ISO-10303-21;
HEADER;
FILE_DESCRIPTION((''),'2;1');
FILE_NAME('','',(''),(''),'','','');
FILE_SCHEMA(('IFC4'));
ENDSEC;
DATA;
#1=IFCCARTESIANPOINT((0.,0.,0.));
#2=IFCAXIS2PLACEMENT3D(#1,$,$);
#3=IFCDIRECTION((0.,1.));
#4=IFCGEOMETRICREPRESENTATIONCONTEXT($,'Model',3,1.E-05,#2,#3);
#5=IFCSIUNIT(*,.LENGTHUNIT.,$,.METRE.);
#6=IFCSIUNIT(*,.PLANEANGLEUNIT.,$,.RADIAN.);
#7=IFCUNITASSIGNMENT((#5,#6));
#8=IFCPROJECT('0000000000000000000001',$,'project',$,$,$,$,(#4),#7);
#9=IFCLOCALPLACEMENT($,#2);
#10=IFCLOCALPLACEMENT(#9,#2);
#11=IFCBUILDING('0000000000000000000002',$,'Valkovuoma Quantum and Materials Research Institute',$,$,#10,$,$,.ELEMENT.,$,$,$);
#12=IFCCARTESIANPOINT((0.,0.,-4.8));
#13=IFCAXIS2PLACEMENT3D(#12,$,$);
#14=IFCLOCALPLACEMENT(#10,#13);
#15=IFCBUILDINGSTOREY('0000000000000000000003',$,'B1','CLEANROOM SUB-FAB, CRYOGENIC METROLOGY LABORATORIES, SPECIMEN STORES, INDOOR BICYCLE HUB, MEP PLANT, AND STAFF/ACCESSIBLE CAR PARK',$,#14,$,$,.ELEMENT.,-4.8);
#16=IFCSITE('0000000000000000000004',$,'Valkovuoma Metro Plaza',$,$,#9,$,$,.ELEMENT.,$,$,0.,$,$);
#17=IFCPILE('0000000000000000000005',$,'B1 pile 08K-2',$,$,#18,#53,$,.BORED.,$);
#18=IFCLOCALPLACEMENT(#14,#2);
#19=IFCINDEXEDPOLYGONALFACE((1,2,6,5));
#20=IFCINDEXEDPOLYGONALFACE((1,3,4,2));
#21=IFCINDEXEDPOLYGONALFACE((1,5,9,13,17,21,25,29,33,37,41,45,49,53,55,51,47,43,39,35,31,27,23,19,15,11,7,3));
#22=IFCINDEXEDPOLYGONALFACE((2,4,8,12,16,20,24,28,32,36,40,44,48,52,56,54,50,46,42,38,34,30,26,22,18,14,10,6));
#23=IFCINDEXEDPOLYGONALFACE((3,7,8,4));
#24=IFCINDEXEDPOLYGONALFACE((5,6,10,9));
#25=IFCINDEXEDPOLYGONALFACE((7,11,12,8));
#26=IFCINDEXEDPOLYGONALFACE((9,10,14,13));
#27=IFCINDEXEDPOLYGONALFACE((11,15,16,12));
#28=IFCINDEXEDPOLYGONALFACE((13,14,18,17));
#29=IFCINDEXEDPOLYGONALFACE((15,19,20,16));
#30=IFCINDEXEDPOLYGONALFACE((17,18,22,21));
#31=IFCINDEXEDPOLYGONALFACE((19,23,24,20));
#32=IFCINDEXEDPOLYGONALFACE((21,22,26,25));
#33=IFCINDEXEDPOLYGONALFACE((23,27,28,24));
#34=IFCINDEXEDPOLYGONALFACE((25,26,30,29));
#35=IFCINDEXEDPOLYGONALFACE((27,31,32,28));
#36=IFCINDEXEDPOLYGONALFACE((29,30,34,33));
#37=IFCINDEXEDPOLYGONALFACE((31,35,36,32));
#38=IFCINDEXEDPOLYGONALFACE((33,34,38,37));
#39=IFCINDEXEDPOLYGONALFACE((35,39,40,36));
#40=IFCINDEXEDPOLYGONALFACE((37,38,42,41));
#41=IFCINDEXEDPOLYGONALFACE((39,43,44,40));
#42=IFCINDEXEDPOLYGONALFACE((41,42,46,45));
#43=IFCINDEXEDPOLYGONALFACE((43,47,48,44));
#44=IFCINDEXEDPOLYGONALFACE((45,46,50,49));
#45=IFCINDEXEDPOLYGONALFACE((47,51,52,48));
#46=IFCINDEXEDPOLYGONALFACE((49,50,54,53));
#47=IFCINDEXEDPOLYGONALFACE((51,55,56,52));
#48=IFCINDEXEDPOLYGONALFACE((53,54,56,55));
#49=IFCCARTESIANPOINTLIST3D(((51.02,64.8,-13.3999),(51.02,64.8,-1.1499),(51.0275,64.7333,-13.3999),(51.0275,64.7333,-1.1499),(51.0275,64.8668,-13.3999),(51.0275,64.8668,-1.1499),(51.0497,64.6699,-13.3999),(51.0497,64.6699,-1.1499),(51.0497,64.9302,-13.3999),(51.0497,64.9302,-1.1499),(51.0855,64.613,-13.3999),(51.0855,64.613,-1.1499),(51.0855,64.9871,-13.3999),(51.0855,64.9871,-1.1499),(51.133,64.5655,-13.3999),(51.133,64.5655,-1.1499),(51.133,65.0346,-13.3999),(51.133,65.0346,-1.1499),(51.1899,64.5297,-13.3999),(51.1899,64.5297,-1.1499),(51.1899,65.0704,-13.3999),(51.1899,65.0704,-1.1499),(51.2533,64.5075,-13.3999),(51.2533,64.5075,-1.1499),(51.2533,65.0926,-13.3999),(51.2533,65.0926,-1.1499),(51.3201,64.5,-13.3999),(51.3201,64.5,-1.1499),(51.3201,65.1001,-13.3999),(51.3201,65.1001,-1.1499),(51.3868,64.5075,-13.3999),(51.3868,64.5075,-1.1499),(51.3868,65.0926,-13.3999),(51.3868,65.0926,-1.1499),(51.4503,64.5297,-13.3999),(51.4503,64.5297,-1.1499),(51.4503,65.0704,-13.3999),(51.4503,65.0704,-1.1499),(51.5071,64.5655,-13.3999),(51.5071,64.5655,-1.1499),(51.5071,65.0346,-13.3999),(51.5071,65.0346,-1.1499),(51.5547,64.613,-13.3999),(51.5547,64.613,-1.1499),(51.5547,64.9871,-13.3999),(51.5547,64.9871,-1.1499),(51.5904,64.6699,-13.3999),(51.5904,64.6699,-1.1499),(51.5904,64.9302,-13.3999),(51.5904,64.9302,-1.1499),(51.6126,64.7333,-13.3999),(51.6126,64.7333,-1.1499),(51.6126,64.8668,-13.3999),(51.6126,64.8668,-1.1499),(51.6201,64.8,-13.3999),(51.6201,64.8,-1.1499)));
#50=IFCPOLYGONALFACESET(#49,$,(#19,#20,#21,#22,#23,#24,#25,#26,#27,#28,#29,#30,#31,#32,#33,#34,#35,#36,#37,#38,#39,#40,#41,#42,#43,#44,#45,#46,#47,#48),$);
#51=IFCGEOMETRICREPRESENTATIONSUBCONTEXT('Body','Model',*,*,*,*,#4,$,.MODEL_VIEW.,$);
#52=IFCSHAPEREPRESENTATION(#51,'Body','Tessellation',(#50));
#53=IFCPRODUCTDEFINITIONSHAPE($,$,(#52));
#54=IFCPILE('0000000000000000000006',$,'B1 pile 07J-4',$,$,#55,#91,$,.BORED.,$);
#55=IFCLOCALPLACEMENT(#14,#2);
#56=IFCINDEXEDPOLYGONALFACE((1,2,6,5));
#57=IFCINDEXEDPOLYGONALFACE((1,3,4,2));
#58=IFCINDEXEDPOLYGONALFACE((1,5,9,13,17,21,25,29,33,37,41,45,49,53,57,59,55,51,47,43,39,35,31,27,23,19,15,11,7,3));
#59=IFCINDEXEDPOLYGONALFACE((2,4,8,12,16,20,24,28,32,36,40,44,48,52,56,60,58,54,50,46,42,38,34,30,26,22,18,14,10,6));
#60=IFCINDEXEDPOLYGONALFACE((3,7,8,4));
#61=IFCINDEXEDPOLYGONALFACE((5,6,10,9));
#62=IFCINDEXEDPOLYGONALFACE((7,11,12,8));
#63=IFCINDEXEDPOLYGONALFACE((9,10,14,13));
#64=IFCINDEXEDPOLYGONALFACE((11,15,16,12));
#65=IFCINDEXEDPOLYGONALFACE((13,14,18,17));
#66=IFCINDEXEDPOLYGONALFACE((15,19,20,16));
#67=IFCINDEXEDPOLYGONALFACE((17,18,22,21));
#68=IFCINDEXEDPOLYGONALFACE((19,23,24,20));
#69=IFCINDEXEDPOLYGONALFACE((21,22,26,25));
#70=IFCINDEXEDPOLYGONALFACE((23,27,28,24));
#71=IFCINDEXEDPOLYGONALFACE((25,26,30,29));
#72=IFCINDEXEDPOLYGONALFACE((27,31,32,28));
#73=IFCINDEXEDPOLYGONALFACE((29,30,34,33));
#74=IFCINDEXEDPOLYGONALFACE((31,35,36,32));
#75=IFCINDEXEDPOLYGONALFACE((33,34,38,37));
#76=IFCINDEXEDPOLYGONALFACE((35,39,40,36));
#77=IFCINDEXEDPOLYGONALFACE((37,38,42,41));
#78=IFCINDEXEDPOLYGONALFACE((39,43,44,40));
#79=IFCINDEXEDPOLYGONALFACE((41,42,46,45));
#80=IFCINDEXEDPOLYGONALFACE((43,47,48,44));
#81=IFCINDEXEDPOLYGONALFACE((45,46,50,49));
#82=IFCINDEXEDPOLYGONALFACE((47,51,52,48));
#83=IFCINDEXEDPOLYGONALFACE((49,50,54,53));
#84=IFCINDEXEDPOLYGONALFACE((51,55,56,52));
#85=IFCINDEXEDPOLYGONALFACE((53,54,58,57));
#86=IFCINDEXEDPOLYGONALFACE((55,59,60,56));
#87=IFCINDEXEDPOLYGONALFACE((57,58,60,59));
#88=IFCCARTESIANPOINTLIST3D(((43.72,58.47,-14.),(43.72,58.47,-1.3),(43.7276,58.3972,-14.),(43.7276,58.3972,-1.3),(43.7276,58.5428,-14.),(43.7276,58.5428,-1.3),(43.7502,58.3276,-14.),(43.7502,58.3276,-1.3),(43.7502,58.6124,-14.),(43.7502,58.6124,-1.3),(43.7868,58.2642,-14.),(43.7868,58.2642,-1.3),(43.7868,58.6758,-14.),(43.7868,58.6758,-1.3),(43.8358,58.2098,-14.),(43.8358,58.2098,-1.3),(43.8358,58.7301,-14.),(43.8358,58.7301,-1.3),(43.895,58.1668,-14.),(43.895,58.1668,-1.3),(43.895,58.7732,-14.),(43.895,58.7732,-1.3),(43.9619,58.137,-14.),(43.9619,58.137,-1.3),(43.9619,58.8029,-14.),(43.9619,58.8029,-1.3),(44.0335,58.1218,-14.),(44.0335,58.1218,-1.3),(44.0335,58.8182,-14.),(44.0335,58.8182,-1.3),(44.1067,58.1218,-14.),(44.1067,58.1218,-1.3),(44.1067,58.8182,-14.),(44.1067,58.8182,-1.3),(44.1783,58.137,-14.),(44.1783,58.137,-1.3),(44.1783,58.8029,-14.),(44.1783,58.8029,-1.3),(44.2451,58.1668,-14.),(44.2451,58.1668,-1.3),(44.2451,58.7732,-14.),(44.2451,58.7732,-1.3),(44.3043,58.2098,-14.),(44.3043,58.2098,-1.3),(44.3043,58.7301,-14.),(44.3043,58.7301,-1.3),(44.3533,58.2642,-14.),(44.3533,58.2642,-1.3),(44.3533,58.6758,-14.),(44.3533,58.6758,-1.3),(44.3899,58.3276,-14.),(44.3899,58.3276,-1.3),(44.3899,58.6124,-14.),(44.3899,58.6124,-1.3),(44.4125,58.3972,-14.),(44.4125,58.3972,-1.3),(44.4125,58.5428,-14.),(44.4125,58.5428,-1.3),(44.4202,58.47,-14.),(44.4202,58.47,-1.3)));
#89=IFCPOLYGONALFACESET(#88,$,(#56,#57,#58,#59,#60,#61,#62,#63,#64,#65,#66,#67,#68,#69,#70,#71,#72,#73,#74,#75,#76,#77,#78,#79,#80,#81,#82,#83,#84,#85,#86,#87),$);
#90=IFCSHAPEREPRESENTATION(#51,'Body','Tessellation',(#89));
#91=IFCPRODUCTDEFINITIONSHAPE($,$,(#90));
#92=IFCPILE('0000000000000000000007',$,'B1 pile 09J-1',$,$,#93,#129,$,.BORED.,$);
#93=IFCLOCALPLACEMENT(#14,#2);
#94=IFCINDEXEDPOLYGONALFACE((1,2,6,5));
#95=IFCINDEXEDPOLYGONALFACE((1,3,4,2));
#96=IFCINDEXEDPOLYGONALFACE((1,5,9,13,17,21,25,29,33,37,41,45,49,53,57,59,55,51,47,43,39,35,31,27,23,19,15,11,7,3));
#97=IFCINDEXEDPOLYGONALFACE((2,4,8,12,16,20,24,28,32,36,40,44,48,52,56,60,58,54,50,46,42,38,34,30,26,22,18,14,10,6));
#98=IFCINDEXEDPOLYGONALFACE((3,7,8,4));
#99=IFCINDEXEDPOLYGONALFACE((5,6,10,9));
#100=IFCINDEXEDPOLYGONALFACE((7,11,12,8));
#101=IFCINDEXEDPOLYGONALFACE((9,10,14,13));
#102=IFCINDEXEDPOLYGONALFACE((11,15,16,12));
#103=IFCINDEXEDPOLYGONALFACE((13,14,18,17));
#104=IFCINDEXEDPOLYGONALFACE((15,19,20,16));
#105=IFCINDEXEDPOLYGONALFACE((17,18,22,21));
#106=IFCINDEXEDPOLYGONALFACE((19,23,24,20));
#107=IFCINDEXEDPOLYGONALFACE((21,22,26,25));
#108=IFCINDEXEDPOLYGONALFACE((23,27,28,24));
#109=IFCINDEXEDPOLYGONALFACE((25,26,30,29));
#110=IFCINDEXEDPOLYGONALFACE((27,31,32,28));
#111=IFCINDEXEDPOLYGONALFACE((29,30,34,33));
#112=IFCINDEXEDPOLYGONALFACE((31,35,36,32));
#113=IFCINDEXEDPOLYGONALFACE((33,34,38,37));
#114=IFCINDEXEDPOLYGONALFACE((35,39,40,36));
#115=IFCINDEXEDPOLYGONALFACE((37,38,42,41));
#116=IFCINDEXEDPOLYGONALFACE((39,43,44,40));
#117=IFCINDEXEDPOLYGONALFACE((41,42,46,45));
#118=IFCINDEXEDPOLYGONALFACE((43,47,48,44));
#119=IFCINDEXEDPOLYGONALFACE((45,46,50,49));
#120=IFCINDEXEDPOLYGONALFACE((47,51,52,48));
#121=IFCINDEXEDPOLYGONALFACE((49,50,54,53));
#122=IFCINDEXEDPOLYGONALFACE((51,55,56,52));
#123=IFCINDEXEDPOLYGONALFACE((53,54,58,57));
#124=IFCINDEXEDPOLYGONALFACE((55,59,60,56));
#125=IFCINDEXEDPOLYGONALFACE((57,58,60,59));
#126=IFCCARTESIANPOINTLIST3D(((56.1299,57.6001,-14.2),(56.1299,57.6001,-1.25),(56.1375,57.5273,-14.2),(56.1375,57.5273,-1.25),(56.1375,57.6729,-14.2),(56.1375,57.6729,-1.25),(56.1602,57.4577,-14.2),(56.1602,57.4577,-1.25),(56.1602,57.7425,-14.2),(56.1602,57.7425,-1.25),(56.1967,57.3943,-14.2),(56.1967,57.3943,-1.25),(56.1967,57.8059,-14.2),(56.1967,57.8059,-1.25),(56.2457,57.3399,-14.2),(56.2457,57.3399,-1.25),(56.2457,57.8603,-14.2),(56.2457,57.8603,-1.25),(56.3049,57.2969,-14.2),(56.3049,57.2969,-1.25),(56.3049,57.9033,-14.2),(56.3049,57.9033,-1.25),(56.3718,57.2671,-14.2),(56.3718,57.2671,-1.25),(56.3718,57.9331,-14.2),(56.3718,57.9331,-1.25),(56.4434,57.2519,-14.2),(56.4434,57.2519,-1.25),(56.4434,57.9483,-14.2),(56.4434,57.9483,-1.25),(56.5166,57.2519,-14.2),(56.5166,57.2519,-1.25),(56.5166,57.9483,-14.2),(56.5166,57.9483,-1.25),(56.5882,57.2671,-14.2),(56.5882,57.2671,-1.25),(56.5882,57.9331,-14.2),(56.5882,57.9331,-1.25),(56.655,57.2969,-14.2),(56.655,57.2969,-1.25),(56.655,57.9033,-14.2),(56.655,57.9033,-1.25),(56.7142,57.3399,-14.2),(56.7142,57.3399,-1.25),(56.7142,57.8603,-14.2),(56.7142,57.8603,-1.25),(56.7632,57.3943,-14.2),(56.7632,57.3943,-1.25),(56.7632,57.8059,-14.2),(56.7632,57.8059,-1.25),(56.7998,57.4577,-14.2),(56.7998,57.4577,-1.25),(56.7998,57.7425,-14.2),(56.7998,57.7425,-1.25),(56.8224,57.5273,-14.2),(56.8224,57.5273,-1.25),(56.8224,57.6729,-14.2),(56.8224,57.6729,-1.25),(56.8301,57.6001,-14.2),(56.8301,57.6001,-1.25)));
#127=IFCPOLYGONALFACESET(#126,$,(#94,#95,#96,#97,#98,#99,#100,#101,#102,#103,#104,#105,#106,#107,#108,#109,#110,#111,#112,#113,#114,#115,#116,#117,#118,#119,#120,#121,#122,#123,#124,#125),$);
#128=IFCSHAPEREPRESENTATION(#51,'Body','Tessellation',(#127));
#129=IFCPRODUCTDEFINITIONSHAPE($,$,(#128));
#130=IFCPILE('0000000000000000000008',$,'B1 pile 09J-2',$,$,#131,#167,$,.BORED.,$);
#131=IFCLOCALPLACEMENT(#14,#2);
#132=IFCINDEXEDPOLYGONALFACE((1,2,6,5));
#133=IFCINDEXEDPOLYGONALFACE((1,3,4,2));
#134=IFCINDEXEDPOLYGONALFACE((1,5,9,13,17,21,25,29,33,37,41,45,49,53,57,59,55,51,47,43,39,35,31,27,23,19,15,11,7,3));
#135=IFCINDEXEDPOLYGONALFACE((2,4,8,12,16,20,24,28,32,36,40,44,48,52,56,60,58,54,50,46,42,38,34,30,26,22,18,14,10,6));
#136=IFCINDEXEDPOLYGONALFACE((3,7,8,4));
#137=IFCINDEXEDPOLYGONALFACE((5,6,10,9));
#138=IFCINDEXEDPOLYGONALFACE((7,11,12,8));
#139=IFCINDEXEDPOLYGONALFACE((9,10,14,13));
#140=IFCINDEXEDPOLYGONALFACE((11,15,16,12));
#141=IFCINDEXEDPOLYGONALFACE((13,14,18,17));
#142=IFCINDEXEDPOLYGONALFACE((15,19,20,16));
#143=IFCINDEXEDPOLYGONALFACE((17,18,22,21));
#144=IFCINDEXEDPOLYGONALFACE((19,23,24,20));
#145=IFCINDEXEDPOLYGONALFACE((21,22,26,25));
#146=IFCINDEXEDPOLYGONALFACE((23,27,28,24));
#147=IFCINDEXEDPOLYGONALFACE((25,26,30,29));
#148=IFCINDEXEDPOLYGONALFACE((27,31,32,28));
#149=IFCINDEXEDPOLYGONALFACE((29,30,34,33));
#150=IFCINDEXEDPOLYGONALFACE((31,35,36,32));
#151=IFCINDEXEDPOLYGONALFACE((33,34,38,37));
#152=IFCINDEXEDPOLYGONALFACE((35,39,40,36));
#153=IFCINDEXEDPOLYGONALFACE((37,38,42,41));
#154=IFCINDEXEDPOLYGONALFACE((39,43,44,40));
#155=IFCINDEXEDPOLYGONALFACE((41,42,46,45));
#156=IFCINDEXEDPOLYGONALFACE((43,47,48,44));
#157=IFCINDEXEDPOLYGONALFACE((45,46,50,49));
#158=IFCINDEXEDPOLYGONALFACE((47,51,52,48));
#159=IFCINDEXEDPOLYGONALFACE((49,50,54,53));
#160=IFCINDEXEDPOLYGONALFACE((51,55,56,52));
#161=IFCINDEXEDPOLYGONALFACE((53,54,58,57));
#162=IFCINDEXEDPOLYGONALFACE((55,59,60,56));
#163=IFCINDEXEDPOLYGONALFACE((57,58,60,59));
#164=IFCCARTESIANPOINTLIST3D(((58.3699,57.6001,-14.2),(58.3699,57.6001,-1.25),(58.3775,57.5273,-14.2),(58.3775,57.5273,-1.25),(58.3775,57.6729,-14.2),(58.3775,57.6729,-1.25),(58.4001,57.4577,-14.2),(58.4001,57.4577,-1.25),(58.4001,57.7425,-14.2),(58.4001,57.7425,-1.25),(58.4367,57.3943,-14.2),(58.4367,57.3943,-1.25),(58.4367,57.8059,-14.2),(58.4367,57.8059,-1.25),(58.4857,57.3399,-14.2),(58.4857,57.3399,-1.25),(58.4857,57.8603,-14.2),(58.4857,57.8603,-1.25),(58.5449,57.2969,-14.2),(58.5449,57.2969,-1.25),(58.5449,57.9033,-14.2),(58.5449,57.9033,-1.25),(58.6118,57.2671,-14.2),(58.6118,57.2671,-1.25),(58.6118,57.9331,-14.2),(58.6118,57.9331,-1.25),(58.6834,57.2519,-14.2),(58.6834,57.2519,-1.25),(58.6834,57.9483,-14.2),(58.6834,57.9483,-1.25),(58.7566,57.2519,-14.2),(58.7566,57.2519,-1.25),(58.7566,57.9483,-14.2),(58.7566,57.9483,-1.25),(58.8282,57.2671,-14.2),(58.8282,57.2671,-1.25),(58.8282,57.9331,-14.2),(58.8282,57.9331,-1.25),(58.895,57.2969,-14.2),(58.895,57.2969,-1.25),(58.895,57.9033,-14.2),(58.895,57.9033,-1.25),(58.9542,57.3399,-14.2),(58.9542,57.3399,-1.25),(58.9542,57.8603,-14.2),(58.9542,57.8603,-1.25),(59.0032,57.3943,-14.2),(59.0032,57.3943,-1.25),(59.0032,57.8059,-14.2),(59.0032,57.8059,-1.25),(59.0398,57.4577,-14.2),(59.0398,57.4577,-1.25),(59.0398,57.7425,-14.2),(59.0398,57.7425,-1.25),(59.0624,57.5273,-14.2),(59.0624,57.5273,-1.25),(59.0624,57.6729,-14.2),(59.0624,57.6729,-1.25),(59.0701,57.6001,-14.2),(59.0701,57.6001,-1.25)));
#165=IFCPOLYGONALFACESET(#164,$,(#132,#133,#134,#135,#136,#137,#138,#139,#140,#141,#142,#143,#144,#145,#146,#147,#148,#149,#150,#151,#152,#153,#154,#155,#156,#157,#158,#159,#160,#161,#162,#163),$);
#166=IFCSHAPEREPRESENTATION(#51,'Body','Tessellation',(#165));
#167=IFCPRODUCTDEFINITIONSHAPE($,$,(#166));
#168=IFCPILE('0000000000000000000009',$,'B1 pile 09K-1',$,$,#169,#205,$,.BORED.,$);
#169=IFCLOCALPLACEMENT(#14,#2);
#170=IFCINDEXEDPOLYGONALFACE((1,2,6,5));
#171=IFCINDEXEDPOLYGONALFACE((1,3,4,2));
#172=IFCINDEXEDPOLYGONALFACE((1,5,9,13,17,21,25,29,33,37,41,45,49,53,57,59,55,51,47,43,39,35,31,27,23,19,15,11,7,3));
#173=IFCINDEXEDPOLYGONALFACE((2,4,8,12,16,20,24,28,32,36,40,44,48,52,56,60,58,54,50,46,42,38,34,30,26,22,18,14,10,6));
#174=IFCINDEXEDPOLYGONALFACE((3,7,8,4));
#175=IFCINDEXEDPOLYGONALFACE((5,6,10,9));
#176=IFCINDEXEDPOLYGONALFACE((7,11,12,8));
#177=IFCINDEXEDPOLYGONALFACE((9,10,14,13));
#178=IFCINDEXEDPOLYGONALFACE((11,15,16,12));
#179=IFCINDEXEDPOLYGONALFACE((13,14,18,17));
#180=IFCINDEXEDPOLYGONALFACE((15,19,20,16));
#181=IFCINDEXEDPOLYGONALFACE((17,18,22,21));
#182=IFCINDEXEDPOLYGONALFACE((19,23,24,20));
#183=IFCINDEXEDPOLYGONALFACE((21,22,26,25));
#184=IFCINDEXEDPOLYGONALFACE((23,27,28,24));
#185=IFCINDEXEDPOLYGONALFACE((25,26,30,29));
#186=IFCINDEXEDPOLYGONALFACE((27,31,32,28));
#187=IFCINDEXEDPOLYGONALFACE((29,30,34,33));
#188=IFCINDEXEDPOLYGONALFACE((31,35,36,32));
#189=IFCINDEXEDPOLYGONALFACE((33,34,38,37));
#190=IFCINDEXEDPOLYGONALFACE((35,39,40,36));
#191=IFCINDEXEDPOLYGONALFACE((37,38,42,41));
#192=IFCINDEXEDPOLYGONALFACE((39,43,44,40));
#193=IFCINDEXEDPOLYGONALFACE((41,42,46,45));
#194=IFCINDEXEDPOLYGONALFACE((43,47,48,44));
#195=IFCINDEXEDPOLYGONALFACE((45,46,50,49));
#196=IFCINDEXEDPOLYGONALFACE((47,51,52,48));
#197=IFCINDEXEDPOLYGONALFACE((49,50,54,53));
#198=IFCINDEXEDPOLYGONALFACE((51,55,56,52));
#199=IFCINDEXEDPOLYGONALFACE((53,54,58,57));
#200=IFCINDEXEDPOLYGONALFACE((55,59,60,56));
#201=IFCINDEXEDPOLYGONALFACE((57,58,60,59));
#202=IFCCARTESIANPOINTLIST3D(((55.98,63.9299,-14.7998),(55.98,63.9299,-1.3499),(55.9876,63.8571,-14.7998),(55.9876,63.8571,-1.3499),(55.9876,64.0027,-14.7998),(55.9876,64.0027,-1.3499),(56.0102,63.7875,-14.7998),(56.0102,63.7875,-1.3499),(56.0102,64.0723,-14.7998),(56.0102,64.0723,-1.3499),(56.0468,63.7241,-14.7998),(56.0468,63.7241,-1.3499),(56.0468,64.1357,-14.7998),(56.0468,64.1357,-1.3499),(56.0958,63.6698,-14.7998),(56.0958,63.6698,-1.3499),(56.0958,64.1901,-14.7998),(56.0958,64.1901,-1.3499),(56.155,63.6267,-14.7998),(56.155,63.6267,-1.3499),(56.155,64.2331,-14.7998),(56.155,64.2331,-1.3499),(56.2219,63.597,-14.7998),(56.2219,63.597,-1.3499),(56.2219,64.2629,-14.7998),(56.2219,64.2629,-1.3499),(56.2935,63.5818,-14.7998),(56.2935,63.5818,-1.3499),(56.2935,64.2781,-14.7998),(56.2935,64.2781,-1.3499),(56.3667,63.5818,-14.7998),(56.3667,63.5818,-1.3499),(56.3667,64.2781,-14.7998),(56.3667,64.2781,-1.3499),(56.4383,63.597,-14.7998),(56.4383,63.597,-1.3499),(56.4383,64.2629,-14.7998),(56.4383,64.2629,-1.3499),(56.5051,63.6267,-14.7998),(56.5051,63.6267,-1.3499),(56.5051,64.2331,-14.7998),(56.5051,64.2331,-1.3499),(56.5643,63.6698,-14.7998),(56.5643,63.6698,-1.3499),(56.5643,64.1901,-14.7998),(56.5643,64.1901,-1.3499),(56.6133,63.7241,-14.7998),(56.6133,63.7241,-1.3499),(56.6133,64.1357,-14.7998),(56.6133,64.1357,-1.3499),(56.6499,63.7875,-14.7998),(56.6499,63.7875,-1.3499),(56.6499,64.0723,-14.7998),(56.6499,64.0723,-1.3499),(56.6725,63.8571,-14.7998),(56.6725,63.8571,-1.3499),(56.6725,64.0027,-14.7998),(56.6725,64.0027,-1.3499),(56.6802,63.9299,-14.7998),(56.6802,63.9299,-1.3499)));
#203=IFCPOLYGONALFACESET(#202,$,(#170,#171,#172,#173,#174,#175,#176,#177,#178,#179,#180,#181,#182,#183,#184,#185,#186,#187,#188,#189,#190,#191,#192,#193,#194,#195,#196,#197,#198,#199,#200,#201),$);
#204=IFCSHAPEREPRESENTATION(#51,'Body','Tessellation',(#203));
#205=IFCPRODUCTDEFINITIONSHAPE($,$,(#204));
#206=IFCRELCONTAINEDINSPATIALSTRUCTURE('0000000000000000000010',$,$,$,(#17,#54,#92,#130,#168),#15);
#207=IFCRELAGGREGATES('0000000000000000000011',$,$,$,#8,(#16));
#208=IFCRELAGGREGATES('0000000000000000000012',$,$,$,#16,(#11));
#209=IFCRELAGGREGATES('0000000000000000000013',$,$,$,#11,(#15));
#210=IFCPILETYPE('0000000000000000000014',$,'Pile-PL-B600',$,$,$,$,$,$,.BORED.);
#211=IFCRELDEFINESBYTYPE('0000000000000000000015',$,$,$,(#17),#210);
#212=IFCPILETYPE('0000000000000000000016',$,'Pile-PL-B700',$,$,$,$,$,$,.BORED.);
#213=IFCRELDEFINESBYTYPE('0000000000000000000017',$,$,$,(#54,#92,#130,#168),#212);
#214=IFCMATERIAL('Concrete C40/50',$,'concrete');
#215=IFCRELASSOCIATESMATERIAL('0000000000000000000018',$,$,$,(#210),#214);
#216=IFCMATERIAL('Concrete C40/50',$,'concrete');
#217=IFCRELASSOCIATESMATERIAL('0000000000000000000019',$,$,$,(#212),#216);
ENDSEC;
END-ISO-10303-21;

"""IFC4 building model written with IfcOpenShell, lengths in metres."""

from ifc_helpers import new_model, si_unit, direction, frame, origin, origin_2d, place, context, subcontext, project, spatial, circle, extrude, material, material_profile, profile_set, type_object, element, save


model = new_model("IFC4")

# Units and contexts
model_context = context("Model", 3, precision=1e-05, world=origin(), true_north=direction((0.0, 1.0)))
body_context = subcontext(model_context, "Body", "Model", "MODEL_VIEW")
ifc_project = project(units=[si_unit("LENGTHUNIT", "METRE"), si_unit("PLANEANGLEUNIT", "RADIAN")], contexts=[model_context])

# Site, building, storey
site_placement = place(None, origin())
site = spatial("IfcSite", under=ifc_project, at=site_placement, Name="Valkovuoma Metro Plaza", CompositionType="ELEMENT", RefElevation=0.0)
building_placement = place(site_placement, origin())
building = spatial("IfcBuilding", under=site, at=building_placement, Name="Valkovuoma Quantum and Materials Research Institute", CompositionType="ELEMENT")
storey_placement = place(building_placement, frame((0.0, 0.0, -4.8)))
storey = spatial("IfcBuildingStorey", under=building, at=storey_placement, Name="B1", Description="CLEANROOM SUB-FAB, CRYOGENIC METROLOGY LABORATORIES, SPECIMEN STORES, INDOOR BICYCLE HUB, MEP PLANT, AND STAFF/ACCESSIBLE CAR PARK", CompositionType="ELEMENT", Elevation=-4.8)

# Piles
ifc_material_1 = material(Name="Concrete C40/50", Category="concrete")
ifc_material_profile_1 = material_profile(ifc_material_1, circle(Radius=0.3, at=origin_2d()), Name="Concrete C40/50")
ifc_profile_set_1 = profile_set([ifc_material_profile_1], Name="Concrete C40/50")
pile_type_1 = type_object("IfcPileType", Name="Pile-PL-B600", PredefinedType="BORED", material=ifc_profile_set_1)
for number, where, z_axis, x_axis, name in (
    (1, (51.3201, 64.8, -1.1499), (0.0, 0.0, -1.0), (1.0, 0.0, 0.0), "B1 pile 08K-2"),
):
    element("IfcPile", number, at=place(storey_placement, frame(where, z_axis=z_axis, x_axis=x_axis)), inside=storey, type_object=pile_type_1, Name=name, PredefinedType="BORED", context=body_context, shape_type="SweptSolid", body=[
        extrude(circle(Radius=0.3, at=origin_2d()), origin(), (0.0, 0.0, 1.0), 12.25),
    ])
ifc_material_2 = material(Name="Concrete C40/50", Category="concrete")
ifc_material_profile_2 = material_profile(ifc_material_2, circle(Radius=0.3501, at=origin_2d()), Name="Concrete C40/50")
ifc_profile_set_2 = profile_set([ifc_material_profile_2], Name="Concrete C40/50")
pile_type_2 = type_object("IfcPileType", Name="Pile-PL-B700", PredefinedType="BORED", material=ifc_profile_set_2)
pile_1_placement = place(storey_placement, frame((44.0701, 58.47, -1.3), z_axis=(0.0, 0.0, -1.0), x_axis=(1.0, 0.0, 0.0)))
element("IfcPile", 2, at=pile_1_placement, inside=storey, type_object=pile_type_2, Name="B1 pile 07J-4", PredefinedType="BORED", context=body_context, shape_type="SweptSolid", body=[
    extrude(circle(Radius=0.3501, at=origin_2d()), origin(), (0.0, 0.0, 1.0), 12.7),
])
for number, where, z_axis, x_axis, name in (
    (3, (56.48, 57.6001, -1.25), (0.0, 0.0, -1.0), (1.0, 0.0, 0.0), "B1 pile 09J-1"),
    (4, (58.72, 57.6001, -1.25), (0.0, 0.0, -1.0), (1.0, 0.0, 0.0), "B1 pile 09J-2"),
):
    element("IfcPile", number, at=place(storey_placement, frame(where, z_axis=z_axis, x_axis=x_axis)), inside=storey, type_object=pile_type_2, Name=name, PredefinedType="BORED", context=body_context, shape_type="SweptSolid", body=[
        extrude(circle(Radius=0.3501, at=origin_2d()), origin(), (0.0, 0.0, 1.0), 12.95),
    ])
for number, where, z_axis, x_axis, name in (
    (5, (56.3301, 63.9299, -1.3499), (0.0, 0.0, -1.0), (1.0, 0.0, 0.0), "B1 pile 09K-1"),
):
    element("IfcPile", number, at=place(storey_placement, frame(where, z_axis=z_axis, x_axis=x_axis)), inside=storey, type_object=pile_type_2, Name=name, PredefinedType="BORED", context=body_context, shape_type="SweptSolid", body=[
        extrude(circle(Radius=0.3501, at=origin_2d()), origin(), (0.0, 0.0, 1.0), 13.45),
    ])

save(model, "model.ifc")
